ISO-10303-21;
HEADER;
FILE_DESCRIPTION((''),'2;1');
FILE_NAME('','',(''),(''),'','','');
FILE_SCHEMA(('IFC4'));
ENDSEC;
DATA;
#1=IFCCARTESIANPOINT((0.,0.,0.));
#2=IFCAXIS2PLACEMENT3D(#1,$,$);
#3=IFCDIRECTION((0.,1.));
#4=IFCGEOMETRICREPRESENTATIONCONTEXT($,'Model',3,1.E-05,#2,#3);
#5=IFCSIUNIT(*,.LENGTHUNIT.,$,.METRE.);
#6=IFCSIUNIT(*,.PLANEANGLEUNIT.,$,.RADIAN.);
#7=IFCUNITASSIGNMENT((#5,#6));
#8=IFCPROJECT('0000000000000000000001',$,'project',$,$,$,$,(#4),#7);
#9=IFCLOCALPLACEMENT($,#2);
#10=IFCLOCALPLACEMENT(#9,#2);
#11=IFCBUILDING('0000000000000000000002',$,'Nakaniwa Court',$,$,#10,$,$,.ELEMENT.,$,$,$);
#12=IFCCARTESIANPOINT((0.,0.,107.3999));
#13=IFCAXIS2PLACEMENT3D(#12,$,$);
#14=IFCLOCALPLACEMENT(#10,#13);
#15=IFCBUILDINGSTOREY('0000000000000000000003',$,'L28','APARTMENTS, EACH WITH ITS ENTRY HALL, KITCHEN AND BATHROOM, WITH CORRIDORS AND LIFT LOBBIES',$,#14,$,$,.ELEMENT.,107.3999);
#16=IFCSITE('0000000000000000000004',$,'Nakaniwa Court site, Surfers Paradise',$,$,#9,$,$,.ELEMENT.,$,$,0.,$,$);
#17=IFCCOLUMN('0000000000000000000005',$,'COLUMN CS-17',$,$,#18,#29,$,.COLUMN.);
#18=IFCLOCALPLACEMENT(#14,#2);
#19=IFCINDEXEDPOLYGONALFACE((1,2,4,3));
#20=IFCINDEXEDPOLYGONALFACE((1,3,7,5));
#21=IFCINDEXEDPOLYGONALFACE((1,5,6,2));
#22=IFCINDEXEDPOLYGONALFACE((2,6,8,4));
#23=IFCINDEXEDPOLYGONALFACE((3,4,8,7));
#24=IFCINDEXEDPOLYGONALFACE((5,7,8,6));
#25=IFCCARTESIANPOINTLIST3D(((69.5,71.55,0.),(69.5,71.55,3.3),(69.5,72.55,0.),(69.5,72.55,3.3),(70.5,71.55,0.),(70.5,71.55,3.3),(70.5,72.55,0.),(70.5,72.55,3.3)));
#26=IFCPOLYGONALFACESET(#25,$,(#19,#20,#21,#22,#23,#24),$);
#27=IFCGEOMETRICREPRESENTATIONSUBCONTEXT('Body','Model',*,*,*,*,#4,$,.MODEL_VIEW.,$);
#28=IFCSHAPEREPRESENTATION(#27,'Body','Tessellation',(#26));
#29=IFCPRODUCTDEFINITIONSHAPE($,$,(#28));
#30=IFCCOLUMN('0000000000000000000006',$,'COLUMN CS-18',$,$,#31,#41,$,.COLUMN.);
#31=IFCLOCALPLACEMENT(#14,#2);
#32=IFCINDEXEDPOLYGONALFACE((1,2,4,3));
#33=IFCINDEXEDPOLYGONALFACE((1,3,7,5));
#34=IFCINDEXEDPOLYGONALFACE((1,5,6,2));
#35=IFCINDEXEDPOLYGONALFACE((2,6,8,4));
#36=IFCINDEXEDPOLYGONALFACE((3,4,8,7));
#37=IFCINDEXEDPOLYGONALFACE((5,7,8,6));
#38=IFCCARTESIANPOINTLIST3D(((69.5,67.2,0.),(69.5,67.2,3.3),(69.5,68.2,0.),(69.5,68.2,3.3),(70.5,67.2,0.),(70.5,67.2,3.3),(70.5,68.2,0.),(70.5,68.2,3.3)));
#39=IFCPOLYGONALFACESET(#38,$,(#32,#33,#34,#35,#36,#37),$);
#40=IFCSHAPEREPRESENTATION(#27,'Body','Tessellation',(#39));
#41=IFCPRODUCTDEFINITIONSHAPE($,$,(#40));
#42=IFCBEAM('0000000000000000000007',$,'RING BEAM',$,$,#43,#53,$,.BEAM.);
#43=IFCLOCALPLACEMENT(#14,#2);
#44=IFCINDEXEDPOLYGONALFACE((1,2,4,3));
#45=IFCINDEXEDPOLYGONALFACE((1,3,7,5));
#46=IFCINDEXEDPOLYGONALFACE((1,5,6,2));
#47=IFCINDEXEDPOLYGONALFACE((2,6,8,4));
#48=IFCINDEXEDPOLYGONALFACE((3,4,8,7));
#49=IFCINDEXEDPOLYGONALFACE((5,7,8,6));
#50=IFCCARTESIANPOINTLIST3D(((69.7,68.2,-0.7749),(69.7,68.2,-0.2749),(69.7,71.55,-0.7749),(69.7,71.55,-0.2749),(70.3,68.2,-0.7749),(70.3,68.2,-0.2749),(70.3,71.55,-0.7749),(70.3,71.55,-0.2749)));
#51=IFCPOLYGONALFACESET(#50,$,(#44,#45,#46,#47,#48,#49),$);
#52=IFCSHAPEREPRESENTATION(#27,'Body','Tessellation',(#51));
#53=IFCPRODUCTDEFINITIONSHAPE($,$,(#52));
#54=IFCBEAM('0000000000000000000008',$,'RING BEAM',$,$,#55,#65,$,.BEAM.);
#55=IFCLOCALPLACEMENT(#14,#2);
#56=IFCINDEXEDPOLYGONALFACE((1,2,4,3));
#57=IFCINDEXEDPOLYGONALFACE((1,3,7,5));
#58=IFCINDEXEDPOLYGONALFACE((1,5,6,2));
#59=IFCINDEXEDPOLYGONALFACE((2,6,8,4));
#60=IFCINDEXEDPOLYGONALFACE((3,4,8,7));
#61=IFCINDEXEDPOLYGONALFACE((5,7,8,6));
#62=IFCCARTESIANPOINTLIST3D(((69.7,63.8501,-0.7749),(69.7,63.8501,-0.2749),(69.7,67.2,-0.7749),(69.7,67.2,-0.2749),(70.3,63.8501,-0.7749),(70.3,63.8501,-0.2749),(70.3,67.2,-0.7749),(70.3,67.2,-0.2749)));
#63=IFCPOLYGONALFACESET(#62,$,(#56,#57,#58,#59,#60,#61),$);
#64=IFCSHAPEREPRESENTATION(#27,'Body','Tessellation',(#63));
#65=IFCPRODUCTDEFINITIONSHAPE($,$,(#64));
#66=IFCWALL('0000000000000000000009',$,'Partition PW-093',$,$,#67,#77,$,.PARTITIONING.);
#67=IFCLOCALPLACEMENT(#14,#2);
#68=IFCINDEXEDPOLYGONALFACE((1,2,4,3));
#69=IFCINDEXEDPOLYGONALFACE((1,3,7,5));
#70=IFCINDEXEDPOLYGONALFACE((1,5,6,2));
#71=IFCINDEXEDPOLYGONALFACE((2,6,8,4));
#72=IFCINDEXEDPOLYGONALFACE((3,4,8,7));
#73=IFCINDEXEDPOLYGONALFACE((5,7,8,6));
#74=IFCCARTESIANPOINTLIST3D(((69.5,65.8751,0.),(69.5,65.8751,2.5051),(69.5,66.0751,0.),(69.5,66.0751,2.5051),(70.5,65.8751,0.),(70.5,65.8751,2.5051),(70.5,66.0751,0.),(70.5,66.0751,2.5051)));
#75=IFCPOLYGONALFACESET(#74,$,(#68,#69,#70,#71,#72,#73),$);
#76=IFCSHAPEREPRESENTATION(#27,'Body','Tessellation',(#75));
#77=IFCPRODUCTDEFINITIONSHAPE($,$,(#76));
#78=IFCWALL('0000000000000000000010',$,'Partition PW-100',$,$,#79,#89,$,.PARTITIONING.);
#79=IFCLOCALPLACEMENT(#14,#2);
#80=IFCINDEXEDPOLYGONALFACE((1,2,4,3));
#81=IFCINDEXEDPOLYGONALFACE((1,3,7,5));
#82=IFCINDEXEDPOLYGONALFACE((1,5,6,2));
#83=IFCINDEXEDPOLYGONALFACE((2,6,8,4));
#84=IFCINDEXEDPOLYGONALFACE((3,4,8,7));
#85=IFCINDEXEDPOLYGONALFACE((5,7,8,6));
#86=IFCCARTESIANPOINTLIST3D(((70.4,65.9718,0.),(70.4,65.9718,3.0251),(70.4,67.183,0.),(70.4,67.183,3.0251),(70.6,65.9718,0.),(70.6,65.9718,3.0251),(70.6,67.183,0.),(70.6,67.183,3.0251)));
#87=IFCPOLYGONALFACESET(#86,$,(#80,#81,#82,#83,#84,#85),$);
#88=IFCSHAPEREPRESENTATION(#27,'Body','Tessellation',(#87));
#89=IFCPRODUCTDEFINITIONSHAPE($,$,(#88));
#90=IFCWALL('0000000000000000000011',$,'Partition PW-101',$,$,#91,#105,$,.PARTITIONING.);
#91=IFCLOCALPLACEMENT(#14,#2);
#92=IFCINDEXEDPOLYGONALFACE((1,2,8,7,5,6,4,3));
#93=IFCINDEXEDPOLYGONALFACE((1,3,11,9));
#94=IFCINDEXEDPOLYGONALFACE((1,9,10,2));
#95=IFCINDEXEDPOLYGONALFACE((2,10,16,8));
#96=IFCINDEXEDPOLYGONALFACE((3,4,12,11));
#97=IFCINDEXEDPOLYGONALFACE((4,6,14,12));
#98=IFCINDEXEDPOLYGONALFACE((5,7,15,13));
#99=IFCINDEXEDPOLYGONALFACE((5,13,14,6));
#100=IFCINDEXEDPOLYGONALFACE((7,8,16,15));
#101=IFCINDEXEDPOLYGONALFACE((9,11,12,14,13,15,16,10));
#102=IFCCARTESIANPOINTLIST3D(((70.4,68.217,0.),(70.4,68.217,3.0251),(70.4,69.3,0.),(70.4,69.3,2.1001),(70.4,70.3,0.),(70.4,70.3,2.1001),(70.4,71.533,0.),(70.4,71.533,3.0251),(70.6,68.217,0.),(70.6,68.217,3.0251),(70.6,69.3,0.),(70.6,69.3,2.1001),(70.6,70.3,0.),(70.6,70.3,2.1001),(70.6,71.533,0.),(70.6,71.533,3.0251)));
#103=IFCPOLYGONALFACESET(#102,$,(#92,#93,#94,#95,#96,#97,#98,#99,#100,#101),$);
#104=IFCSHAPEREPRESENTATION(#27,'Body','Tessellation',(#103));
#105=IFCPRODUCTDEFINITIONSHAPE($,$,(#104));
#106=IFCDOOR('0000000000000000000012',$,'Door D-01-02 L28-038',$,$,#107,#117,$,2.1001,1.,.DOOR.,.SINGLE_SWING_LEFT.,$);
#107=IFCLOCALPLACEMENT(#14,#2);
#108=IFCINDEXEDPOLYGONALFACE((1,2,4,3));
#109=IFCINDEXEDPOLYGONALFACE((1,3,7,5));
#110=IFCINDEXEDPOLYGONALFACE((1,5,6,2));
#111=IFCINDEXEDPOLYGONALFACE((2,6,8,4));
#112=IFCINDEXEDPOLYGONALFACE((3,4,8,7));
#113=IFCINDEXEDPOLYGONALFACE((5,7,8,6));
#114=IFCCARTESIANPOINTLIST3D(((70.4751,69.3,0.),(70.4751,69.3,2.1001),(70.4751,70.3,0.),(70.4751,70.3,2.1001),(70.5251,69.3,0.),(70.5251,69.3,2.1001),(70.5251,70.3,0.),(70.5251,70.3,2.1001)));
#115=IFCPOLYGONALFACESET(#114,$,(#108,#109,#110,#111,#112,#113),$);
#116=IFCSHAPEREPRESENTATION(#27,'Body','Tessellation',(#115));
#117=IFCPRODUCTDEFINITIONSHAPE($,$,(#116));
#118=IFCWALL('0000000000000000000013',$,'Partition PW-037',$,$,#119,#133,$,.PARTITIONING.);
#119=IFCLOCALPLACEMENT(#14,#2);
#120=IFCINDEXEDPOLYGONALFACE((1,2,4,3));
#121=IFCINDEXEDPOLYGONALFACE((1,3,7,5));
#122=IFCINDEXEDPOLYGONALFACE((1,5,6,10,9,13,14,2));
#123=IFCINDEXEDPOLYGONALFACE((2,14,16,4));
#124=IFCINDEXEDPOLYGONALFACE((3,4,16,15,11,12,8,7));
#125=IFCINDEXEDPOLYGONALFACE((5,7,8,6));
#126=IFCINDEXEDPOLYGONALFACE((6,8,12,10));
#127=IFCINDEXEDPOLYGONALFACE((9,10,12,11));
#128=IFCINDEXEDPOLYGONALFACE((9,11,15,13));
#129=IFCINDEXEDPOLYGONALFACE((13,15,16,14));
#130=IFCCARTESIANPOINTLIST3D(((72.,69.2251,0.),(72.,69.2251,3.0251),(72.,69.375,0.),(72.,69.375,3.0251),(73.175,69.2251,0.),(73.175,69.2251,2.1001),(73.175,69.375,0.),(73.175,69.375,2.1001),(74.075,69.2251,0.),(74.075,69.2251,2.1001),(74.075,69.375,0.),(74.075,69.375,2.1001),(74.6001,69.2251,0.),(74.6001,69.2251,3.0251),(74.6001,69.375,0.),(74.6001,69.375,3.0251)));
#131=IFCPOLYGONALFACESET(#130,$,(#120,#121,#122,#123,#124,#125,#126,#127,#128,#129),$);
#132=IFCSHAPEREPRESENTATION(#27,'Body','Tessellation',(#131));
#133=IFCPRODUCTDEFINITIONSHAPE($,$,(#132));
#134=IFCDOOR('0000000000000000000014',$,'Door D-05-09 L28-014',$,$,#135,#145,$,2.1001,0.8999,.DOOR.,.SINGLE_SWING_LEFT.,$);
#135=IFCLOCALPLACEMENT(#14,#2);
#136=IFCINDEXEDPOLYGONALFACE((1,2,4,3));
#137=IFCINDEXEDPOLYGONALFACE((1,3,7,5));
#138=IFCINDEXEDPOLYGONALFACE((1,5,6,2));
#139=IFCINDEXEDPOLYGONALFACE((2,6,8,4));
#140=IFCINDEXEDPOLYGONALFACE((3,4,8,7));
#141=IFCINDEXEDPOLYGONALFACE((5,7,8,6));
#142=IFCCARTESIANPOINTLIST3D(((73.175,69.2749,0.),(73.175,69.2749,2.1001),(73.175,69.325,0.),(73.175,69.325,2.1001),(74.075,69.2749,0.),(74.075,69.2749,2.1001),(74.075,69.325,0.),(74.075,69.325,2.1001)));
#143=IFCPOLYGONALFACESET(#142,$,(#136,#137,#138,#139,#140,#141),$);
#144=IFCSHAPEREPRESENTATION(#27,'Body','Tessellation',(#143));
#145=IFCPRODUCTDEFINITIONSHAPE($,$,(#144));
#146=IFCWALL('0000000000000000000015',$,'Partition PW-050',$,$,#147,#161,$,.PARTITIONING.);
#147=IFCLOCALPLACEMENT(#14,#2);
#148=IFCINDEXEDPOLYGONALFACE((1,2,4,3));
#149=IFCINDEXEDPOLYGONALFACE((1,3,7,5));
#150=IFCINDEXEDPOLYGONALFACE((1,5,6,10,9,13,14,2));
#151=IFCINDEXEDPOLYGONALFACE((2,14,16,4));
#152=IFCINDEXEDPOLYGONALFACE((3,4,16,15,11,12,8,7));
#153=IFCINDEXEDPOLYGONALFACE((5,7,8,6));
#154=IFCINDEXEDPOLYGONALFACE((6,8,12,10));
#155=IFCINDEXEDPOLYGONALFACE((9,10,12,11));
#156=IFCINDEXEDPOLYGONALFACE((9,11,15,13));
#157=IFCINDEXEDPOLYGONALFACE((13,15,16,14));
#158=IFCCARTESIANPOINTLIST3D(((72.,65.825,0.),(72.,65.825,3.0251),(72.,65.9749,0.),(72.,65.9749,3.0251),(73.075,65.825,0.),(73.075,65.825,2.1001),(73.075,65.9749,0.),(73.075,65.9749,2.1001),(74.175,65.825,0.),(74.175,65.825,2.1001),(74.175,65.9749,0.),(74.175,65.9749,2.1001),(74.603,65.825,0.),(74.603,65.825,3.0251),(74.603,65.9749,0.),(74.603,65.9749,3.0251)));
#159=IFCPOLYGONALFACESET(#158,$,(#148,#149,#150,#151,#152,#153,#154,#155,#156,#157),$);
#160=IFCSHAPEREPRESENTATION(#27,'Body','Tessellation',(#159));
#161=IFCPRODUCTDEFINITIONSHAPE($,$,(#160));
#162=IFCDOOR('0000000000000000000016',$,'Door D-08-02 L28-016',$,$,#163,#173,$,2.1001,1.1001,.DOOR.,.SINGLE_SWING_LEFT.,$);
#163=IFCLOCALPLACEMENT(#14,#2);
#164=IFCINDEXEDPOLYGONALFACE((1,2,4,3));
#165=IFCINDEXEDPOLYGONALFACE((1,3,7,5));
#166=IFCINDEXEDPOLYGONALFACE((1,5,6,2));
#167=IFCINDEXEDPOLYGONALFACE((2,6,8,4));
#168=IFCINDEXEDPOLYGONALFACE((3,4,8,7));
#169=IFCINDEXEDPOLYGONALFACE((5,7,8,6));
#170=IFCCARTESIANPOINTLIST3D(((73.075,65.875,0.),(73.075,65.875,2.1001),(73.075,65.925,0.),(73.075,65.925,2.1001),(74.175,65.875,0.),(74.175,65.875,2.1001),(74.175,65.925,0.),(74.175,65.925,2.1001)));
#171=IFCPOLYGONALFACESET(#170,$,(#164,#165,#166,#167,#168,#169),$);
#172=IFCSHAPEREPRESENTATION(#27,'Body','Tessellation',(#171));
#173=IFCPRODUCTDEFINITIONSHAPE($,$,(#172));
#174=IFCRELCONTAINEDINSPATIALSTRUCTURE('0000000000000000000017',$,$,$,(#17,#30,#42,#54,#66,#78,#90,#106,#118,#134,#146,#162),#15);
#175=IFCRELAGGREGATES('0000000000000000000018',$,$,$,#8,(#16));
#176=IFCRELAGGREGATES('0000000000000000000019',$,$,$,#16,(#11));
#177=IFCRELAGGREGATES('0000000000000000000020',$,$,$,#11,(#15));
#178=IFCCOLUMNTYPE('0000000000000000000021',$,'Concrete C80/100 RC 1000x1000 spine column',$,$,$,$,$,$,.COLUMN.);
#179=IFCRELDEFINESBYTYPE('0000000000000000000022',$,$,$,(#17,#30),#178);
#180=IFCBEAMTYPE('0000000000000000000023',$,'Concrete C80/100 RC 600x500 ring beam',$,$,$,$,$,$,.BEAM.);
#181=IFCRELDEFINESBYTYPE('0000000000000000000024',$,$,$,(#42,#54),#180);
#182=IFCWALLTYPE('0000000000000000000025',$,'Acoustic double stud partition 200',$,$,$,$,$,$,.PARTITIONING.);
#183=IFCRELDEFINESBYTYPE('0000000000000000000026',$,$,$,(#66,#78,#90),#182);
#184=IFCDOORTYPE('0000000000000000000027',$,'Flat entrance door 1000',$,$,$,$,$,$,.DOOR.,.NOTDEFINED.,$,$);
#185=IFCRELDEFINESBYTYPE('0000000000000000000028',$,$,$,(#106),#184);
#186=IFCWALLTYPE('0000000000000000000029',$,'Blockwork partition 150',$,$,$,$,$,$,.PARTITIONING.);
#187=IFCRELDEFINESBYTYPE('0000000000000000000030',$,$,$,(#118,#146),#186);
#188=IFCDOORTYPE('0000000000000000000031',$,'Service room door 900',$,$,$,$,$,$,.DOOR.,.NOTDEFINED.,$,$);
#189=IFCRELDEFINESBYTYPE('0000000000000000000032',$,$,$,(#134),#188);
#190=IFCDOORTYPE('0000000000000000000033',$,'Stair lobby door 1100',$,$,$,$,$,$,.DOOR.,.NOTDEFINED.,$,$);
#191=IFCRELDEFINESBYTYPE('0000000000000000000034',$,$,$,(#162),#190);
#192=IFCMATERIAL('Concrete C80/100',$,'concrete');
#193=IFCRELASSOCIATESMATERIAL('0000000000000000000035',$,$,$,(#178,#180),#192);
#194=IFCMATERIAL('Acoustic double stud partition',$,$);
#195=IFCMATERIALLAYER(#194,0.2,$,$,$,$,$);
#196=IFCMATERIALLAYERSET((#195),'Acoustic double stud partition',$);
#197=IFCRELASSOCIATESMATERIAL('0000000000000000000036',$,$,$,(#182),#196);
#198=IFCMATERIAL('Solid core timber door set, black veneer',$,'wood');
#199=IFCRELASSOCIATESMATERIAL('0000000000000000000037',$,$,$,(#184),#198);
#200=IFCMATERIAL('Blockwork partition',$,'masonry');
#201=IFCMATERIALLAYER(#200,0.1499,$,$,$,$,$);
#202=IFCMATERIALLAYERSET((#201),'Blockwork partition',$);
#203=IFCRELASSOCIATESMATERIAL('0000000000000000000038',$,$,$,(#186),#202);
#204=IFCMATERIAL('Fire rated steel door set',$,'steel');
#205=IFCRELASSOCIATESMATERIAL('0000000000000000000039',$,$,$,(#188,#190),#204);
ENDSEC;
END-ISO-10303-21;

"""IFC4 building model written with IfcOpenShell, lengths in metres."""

from ifc_helpers import new_model, si_unit, direction, frame, frame_2d, origin, origin_2d, place, context, subcontext, project, spatial, rectangle, extrude, material, layer, layer_set, material_profile, profile_set, type_object, element, fill, save


model = new_model("IFC4")

# Units and contexts
model_context = context("Model", 3, precision=1e-05, world=origin(), true_north=direction((0.0, 1.0)))
body_context = subcontext(model_context, "Body", "Model", "MODEL_VIEW")
ifc_project = project(units=[si_unit("LENGTHUNIT", "METRE"), si_unit("PLANEANGLEUNIT", "RADIAN")], contexts=[model_context])

# Site, building, storey
site_placement = place(None, origin())
site = spatial("IfcSite", under=ifc_project, at=site_placement, Name="Nakaniwa Court site, Surfers Paradise", CompositionType="ELEMENT", RefElevation=0.0)
building_placement = place(site_placement, origin())
building = spatial("IfcBuilding", under=site, at=building_placement, Name="Nakaniwa Court", CompositionType="ELEMENT")
storey_placement = place(building_placement, frame((0.0, 0.0, 107.3999)))
storey = spatial("IfcBuildingStorey", under=building, at=storey_placement, Name="L28", Description="APARTMENTS, EACH WITH ITS ENTRY HALL, KITCHEN AND BATHROOM, WITH CORRIDORS AND LIFT LOBBIES", CompositionType="ELEMENT", Elevation=107.3999)

# Columns
ifc_material_1 = material(Name="Concrete C80/100", Category="concrete")
ifc_material_profile_1 = material_profile(ifc_material_1, rectangle(XDim=1.0, YDim=1.0, at=origin_2d()), Name="Concrete C80/100 RC 1000x1000 spine column")
ifc_profile_set_1 = profile_set([ifc_material_profile_1], Name="Concrete C80/100")
column_type = type_object("IfcColumnType", Name="Concrete C80/100 RC 1000x1000 spine column", PredefinedType="COLUMN", material=ifc_profile_set_1)
for number, where, z_axis, x_axis, name in (
    (1, (70.0, 72.05, 0.0), (0.0, 0.0, 1.0), (0.0, -1.0, 0.0), "COLUMN CS-17"),
    (2, (70.0, 67.7, 0.0), (0.0, 0.0, 1.0), (0.0, -1.0, 0.0), "COLUMN CS-18"),
):
    element("IfcColumn", number, at=place(storey_placement, frame(where, z_axis=z_axis, x_axis=x_axis)), inside=storey, type_object=column_type, Name=name, PredefinedType="COLUMN", context=body_context, shape_type="SweptSolid", body=[
        extrude(rectangle(XDim=1.0, YDim=1.0, at=origin_2d()), origin(), (0.0, 0.0, 1.0), 3.3),
    ])

# Beams
ifc_material_profile_2 = material_profile(ifc_material_1, rectangle(XDim=0.6001, YDim=0.5, at=origin_2d()), Name="Concrete C80/100 RC 600x500 ring beam")
ifc_profile_set_2 = profile_set([ifc_material_profile_2], Name="Concrete C80/100")
beam_type = type_object("IfcBeamType", Name="Concrete C80/100 RC 600x500 ring beam", PredefinedType="BEAM", material=ifc_profile_set_2)
beam_1_placement = place(storey_placement, frame((70.0, 71.55, -0.5249), z_axis=(0.0, -1.0, 0.0), x_axis=(1.0, 0.0, 0.0)))
element("IfcBeam", 3, at=beam_1_placement, inside=storey, type_object=beam_type, Name="RING BEAM", PredefinedType="BEAM", context=body_context, shape_type="SweptSolid", body=[
    extrude(rectangle(XDim=0.6001, YDim=0.5, at=origin_2d()), origin(), (0.0, 0.0, 1.0), 3.3501),
])
beam_2_placement = place(storey_placement, frame((70.0, 67.2, -0.5249), z_axis=(0.0, -1.0, 0.0), x_axis=(1.0, 0.0, 0.0)))
element("IfcBeam", 4, at=beam_2_placement, inside=storey, type_object=beam_type, Name="RING BEAM", PredefinedType="BEAM", context=body_context, shape_type="SweptSolid", body=[
    extrude(rectangle(XDim=0.6001, YDim=0.5, at=origin_2d()), origin(), (0.0, 0.0, 1.0), 3.3499),
])

# Walls
ifc_material_2 = material(Name="Acoustic double stud partition")
ifc_layer_1 = layer(ifc_material_2, 0.2)
ifc_layer_set_1 = layer_set([ifc_layer_1], Name="Acoustic double stud partition")
wall_type_1 = type_object("IfcWallType", Name="Acoustic double stud partition 200", PredefinedType="PARTITIONING", material=ifc_layer_set_1)
wall_1_placement = place(storey_placement, frame((69.5, 65.9751, 0.0), z_axis=(0.0, 0.0, 1.0), x_axis=(1.0, 0.0, 0.0)))
element("IfcWall", 5, at=wall_1_placement, inside=storey, type_object=wall_type_1, Name="Partition PW-093", PredefinedType="PARTITIONING", context=body_context, shape_type="SweptSolid", body=[
    extrude(rectangle(XDim=1.0, YDim=0.2, at=frame_2d((0.5, 0.0))), origin(), (0.0, 0.0, 1.0), 2.5051),
])
wall_2_placement = place(storey_placement, frame((70.5, 65.9719, 0.0), z_axis=(0.0, 0.0, 1.0), x_axis=(0.0, 1.0, 0.0)))
element("IfcWall", 6, at=wall_2_placement, inside=storey, type_object=wall_type_1, Name="Partition PW-100", PredefinedType="PARTITIONING", context=body_context, shape_type="SweptSolid", body=[
    extrude(rectangle(XDim=1.2112, YDim=0.2, at=frame_2d((0.6055, 0.0))), origin(), (0.0, 0.0, 1.0), 3.0251),
])

# Walls, openings, doors
wall_3_placement = place(storey_placement, frame((70.5, 68.217, 0.0), z_axis=(0.0, 0.0, 1.0), x_axis=(0.0, 1.0, 0.0)))
wall_3 = element("IfcWall", 7, at=wall_3_placement, inside=storey, type_object=wall_type_1, Name="Partition PW-101", PredefinedType="PARTITIONING", context=body_context, shape_type="SweptSolid", body=[
    extrude(rectangle(XDim=3.3159, YDim=0.2, at=frame_2d((1.658, 0.0))), origin(), (0.0, 0.0, 1.0), 3.0251),
])
opening_1_placement = place(wall_3_placement, frame((1.083, 0.0, 0.0)))
opening_1 = element("IfcOpeningElement", 8, at=opening_1_placement, cuts=wall_3, PredefinedType="OPENING", context=body_context, shape_type="SweptSolid", body=[
    extrude(rectangle(XDim=1.0, YDim=2.1001, at=frame_2d((0.5, 1.05))), frame((0.0, 0.1099, 0.0), z_axis=(0.0, -1.0, 0.0), x_axis=(1.0, 0.0, 0.0)), (0.0, 0.0, 1.0), 0.22),
])
ifc_material_3 = material(Name="Solid core timber door set, black veneer", Category="wood")
door_type_1 = type_object("IfcDoorType", Name="Flat entrance door 1000", OperationType="NOTDEFINED", PredefinedType="DOOR", material=ifc_material_3)
door_1_placement = place(opening_1_placement, origin())
door_1 = element("IfcDoor", 9, at=door_1_placement, inside=storey, type_object=door_type_1, Name="Door D-01-02 L28-038", OperationType="SINGLE_SWING_LEFT", OverallHeight=2.1001, OverallWidth=1.0, PredefinedType="DOOR", context=body_context, shape_type="SweptSolid", body=[
    extrude(rectangle(XDim=1.0, YDim=2.1001, at=frame_2d((0.5, 1.05))), frame((0.0, 0.0249, 0.0), z_axis=(0.0, -1.0, 0.0), x_axis=(1.0, 0.0, 0.0)), (0.0, 0.0, 1.0), 0.05),
])
fill(opening_1, door_1)
ifc_material_4 = material(Name="Blockwork partition", Category="masonry")
ifc_layer_2 = layer(ifc_material_4, 0.1499)
ifc_layer_set_2 = layer_set([ifc_layer_2], Name="Blockwork partition")
wall_type_2 = type_object("IfcWallType", Name="Blockwork partition 150", PredefinedType="PARTITIONING", material=ifc_layer_set_2)
wall_4_placement = place(storey_placement, frame((72.0, 69.3, 0.0), z_axis=(0.0, 0.0, 1.0), x_axis=(1.0, 0.0, 0.0)))
wall_4 = element("IfcWall", 10, at=wall_4_placement, inside=storey, type_object=wall_type_2, Name="Partition PW-037", PredefinedType="PARTITIONING", context=body_context, shape_type="SweptSolid", body=[
    extrude(rectangle(XDim=2.6001, YDim=0.1499, at=frame_2d((1.3, 0.0))), origin(), (0.0, 0.0, 1.0), 3.0251),
])
opening_2_placement = place(wall_4_placement, frame((1.175, 0.0, 0.0)))
opening_2 = element("IfcOpeningElement", 11, at=opening_2_placement, cuts=wall_4, PredefinedType="OPENING", context=body_context, shape_type="SweptSolid", body=[
    extrude(rectangle(XDim=0.8999, YDim=2.1001, at=frame_2d((0.45, 1.05))), frame((0.0, 0.085, 0.0), z_axis=(0.0, -1.0, 0.0), x_axis=(1.0, 0.0, 0.0)), (0.0, 0.0, 1.0), 0.1699),
])
ifc_material_5 = material(Name="Fire rated steel door set", Category="steel")
door_type_2 = type_object("IfcDoorType", Name="Service room door 900", OperationType="NOTDEFINED", PredefinedType="DOOR", material=ifc_material_5)
door_2_placement = place(opening_2_placement, origin())
door_2 = element("IfcDoor", 12, at=door_2_placement, inside=storey, type_object=door_type_2, Name="Door D-05-09 L28-014", OperationType="SINGLE_SWING_LEFT", OverallHeight=2.1001, OverallWidth=0.8999, PredefinedType="DOOR", context=body_context, shape_type="SweptSolid", body=[
    extrude(rectangle(XDim=0.8999, YDim=2.1001, at=frame_2d((0.45, 1.05))), frame((0.0, 0.0249, 0.0), z_axis=(0.0, -1.0, 0.0), x_axis=(1.0, 0.0, 0.0)), (0.0, 0.0, 1.0), 0.05),
])
fill(opening_2, door_2)
wall_5_placement = place(storey_placement, frame((74.603, 65.8999, 0.0), z_axis=(0.0, 0.0, 1.0), x_axis=(-1.0, 0.0, 0.0)))
wall_5 = element("IfcWall", 13, at=wall_5_placement, inside=storey, type_object=wall_type_2, Name="Partition PW-050", PredefinedType="PARTITIONING", context=body_context, shape_type="SweptSolid", body=[
    extrude(rectangle(XDim=2.603, YDim=0.1499, at=frame_2d((1.3015, 0.0))), origin(), (0.0, 0.0, 1.0), 3.0251),
])
opening_3_placement = place(wall_5_placement, frame((0.428, 0.0, 0.0)))
opening_3 = element("IfcOpeningElement", 14, at=opening_3_placement, cuts=wall_5, PredefinedType="OPENING", context=body_context, shape_type="SweptSolid", body=[
    extrude(rectangle(XDim=1.1001, YDim=2.1001, at=frame_2d((0.55, 1.05))), frame((0.0, 0.085, 0.0), z_axis=(0.0, -1.0, 0.0), x_axis=(1.0, 0.0, 0.0)), (0.0, 0.0, 1.0), 0.1699),
])
door_type_3 = type_object("IfcDoorType", Name="Stair lobby door 1100", OperationType="NOTDEFINED", PredefinedType="DOOR", material=ifc_material_5)
door_3_placement = place(opening_3_placement, origin())
door_3 = element("IfcDoor", 15, at=door_3_placement, inside=storey, type_object=door_type_3, Name="Door D-08-02 L28-016", OperationType="SINGLE_SWING_LEFT", OverallHeight=2.1001, OverallWidth=1.1001, PredefinedType="DOOR", context=body_context, shape_type="SweptSolid", body=[
    extrude(rectangle(XDim=1.1001, YDim=2.1001, at=frame_2d((0.55, 1.05))), frame((0.0, 0.0249, 0.0), z_axis=(0.0, -1.0, 0.0), x_axis=(1.0, 0.0, 0.0)), (0.0, 0.0, 1.0), 0.05),
])
fill(opening_3, door_3)

save(model, "model.ifc")
